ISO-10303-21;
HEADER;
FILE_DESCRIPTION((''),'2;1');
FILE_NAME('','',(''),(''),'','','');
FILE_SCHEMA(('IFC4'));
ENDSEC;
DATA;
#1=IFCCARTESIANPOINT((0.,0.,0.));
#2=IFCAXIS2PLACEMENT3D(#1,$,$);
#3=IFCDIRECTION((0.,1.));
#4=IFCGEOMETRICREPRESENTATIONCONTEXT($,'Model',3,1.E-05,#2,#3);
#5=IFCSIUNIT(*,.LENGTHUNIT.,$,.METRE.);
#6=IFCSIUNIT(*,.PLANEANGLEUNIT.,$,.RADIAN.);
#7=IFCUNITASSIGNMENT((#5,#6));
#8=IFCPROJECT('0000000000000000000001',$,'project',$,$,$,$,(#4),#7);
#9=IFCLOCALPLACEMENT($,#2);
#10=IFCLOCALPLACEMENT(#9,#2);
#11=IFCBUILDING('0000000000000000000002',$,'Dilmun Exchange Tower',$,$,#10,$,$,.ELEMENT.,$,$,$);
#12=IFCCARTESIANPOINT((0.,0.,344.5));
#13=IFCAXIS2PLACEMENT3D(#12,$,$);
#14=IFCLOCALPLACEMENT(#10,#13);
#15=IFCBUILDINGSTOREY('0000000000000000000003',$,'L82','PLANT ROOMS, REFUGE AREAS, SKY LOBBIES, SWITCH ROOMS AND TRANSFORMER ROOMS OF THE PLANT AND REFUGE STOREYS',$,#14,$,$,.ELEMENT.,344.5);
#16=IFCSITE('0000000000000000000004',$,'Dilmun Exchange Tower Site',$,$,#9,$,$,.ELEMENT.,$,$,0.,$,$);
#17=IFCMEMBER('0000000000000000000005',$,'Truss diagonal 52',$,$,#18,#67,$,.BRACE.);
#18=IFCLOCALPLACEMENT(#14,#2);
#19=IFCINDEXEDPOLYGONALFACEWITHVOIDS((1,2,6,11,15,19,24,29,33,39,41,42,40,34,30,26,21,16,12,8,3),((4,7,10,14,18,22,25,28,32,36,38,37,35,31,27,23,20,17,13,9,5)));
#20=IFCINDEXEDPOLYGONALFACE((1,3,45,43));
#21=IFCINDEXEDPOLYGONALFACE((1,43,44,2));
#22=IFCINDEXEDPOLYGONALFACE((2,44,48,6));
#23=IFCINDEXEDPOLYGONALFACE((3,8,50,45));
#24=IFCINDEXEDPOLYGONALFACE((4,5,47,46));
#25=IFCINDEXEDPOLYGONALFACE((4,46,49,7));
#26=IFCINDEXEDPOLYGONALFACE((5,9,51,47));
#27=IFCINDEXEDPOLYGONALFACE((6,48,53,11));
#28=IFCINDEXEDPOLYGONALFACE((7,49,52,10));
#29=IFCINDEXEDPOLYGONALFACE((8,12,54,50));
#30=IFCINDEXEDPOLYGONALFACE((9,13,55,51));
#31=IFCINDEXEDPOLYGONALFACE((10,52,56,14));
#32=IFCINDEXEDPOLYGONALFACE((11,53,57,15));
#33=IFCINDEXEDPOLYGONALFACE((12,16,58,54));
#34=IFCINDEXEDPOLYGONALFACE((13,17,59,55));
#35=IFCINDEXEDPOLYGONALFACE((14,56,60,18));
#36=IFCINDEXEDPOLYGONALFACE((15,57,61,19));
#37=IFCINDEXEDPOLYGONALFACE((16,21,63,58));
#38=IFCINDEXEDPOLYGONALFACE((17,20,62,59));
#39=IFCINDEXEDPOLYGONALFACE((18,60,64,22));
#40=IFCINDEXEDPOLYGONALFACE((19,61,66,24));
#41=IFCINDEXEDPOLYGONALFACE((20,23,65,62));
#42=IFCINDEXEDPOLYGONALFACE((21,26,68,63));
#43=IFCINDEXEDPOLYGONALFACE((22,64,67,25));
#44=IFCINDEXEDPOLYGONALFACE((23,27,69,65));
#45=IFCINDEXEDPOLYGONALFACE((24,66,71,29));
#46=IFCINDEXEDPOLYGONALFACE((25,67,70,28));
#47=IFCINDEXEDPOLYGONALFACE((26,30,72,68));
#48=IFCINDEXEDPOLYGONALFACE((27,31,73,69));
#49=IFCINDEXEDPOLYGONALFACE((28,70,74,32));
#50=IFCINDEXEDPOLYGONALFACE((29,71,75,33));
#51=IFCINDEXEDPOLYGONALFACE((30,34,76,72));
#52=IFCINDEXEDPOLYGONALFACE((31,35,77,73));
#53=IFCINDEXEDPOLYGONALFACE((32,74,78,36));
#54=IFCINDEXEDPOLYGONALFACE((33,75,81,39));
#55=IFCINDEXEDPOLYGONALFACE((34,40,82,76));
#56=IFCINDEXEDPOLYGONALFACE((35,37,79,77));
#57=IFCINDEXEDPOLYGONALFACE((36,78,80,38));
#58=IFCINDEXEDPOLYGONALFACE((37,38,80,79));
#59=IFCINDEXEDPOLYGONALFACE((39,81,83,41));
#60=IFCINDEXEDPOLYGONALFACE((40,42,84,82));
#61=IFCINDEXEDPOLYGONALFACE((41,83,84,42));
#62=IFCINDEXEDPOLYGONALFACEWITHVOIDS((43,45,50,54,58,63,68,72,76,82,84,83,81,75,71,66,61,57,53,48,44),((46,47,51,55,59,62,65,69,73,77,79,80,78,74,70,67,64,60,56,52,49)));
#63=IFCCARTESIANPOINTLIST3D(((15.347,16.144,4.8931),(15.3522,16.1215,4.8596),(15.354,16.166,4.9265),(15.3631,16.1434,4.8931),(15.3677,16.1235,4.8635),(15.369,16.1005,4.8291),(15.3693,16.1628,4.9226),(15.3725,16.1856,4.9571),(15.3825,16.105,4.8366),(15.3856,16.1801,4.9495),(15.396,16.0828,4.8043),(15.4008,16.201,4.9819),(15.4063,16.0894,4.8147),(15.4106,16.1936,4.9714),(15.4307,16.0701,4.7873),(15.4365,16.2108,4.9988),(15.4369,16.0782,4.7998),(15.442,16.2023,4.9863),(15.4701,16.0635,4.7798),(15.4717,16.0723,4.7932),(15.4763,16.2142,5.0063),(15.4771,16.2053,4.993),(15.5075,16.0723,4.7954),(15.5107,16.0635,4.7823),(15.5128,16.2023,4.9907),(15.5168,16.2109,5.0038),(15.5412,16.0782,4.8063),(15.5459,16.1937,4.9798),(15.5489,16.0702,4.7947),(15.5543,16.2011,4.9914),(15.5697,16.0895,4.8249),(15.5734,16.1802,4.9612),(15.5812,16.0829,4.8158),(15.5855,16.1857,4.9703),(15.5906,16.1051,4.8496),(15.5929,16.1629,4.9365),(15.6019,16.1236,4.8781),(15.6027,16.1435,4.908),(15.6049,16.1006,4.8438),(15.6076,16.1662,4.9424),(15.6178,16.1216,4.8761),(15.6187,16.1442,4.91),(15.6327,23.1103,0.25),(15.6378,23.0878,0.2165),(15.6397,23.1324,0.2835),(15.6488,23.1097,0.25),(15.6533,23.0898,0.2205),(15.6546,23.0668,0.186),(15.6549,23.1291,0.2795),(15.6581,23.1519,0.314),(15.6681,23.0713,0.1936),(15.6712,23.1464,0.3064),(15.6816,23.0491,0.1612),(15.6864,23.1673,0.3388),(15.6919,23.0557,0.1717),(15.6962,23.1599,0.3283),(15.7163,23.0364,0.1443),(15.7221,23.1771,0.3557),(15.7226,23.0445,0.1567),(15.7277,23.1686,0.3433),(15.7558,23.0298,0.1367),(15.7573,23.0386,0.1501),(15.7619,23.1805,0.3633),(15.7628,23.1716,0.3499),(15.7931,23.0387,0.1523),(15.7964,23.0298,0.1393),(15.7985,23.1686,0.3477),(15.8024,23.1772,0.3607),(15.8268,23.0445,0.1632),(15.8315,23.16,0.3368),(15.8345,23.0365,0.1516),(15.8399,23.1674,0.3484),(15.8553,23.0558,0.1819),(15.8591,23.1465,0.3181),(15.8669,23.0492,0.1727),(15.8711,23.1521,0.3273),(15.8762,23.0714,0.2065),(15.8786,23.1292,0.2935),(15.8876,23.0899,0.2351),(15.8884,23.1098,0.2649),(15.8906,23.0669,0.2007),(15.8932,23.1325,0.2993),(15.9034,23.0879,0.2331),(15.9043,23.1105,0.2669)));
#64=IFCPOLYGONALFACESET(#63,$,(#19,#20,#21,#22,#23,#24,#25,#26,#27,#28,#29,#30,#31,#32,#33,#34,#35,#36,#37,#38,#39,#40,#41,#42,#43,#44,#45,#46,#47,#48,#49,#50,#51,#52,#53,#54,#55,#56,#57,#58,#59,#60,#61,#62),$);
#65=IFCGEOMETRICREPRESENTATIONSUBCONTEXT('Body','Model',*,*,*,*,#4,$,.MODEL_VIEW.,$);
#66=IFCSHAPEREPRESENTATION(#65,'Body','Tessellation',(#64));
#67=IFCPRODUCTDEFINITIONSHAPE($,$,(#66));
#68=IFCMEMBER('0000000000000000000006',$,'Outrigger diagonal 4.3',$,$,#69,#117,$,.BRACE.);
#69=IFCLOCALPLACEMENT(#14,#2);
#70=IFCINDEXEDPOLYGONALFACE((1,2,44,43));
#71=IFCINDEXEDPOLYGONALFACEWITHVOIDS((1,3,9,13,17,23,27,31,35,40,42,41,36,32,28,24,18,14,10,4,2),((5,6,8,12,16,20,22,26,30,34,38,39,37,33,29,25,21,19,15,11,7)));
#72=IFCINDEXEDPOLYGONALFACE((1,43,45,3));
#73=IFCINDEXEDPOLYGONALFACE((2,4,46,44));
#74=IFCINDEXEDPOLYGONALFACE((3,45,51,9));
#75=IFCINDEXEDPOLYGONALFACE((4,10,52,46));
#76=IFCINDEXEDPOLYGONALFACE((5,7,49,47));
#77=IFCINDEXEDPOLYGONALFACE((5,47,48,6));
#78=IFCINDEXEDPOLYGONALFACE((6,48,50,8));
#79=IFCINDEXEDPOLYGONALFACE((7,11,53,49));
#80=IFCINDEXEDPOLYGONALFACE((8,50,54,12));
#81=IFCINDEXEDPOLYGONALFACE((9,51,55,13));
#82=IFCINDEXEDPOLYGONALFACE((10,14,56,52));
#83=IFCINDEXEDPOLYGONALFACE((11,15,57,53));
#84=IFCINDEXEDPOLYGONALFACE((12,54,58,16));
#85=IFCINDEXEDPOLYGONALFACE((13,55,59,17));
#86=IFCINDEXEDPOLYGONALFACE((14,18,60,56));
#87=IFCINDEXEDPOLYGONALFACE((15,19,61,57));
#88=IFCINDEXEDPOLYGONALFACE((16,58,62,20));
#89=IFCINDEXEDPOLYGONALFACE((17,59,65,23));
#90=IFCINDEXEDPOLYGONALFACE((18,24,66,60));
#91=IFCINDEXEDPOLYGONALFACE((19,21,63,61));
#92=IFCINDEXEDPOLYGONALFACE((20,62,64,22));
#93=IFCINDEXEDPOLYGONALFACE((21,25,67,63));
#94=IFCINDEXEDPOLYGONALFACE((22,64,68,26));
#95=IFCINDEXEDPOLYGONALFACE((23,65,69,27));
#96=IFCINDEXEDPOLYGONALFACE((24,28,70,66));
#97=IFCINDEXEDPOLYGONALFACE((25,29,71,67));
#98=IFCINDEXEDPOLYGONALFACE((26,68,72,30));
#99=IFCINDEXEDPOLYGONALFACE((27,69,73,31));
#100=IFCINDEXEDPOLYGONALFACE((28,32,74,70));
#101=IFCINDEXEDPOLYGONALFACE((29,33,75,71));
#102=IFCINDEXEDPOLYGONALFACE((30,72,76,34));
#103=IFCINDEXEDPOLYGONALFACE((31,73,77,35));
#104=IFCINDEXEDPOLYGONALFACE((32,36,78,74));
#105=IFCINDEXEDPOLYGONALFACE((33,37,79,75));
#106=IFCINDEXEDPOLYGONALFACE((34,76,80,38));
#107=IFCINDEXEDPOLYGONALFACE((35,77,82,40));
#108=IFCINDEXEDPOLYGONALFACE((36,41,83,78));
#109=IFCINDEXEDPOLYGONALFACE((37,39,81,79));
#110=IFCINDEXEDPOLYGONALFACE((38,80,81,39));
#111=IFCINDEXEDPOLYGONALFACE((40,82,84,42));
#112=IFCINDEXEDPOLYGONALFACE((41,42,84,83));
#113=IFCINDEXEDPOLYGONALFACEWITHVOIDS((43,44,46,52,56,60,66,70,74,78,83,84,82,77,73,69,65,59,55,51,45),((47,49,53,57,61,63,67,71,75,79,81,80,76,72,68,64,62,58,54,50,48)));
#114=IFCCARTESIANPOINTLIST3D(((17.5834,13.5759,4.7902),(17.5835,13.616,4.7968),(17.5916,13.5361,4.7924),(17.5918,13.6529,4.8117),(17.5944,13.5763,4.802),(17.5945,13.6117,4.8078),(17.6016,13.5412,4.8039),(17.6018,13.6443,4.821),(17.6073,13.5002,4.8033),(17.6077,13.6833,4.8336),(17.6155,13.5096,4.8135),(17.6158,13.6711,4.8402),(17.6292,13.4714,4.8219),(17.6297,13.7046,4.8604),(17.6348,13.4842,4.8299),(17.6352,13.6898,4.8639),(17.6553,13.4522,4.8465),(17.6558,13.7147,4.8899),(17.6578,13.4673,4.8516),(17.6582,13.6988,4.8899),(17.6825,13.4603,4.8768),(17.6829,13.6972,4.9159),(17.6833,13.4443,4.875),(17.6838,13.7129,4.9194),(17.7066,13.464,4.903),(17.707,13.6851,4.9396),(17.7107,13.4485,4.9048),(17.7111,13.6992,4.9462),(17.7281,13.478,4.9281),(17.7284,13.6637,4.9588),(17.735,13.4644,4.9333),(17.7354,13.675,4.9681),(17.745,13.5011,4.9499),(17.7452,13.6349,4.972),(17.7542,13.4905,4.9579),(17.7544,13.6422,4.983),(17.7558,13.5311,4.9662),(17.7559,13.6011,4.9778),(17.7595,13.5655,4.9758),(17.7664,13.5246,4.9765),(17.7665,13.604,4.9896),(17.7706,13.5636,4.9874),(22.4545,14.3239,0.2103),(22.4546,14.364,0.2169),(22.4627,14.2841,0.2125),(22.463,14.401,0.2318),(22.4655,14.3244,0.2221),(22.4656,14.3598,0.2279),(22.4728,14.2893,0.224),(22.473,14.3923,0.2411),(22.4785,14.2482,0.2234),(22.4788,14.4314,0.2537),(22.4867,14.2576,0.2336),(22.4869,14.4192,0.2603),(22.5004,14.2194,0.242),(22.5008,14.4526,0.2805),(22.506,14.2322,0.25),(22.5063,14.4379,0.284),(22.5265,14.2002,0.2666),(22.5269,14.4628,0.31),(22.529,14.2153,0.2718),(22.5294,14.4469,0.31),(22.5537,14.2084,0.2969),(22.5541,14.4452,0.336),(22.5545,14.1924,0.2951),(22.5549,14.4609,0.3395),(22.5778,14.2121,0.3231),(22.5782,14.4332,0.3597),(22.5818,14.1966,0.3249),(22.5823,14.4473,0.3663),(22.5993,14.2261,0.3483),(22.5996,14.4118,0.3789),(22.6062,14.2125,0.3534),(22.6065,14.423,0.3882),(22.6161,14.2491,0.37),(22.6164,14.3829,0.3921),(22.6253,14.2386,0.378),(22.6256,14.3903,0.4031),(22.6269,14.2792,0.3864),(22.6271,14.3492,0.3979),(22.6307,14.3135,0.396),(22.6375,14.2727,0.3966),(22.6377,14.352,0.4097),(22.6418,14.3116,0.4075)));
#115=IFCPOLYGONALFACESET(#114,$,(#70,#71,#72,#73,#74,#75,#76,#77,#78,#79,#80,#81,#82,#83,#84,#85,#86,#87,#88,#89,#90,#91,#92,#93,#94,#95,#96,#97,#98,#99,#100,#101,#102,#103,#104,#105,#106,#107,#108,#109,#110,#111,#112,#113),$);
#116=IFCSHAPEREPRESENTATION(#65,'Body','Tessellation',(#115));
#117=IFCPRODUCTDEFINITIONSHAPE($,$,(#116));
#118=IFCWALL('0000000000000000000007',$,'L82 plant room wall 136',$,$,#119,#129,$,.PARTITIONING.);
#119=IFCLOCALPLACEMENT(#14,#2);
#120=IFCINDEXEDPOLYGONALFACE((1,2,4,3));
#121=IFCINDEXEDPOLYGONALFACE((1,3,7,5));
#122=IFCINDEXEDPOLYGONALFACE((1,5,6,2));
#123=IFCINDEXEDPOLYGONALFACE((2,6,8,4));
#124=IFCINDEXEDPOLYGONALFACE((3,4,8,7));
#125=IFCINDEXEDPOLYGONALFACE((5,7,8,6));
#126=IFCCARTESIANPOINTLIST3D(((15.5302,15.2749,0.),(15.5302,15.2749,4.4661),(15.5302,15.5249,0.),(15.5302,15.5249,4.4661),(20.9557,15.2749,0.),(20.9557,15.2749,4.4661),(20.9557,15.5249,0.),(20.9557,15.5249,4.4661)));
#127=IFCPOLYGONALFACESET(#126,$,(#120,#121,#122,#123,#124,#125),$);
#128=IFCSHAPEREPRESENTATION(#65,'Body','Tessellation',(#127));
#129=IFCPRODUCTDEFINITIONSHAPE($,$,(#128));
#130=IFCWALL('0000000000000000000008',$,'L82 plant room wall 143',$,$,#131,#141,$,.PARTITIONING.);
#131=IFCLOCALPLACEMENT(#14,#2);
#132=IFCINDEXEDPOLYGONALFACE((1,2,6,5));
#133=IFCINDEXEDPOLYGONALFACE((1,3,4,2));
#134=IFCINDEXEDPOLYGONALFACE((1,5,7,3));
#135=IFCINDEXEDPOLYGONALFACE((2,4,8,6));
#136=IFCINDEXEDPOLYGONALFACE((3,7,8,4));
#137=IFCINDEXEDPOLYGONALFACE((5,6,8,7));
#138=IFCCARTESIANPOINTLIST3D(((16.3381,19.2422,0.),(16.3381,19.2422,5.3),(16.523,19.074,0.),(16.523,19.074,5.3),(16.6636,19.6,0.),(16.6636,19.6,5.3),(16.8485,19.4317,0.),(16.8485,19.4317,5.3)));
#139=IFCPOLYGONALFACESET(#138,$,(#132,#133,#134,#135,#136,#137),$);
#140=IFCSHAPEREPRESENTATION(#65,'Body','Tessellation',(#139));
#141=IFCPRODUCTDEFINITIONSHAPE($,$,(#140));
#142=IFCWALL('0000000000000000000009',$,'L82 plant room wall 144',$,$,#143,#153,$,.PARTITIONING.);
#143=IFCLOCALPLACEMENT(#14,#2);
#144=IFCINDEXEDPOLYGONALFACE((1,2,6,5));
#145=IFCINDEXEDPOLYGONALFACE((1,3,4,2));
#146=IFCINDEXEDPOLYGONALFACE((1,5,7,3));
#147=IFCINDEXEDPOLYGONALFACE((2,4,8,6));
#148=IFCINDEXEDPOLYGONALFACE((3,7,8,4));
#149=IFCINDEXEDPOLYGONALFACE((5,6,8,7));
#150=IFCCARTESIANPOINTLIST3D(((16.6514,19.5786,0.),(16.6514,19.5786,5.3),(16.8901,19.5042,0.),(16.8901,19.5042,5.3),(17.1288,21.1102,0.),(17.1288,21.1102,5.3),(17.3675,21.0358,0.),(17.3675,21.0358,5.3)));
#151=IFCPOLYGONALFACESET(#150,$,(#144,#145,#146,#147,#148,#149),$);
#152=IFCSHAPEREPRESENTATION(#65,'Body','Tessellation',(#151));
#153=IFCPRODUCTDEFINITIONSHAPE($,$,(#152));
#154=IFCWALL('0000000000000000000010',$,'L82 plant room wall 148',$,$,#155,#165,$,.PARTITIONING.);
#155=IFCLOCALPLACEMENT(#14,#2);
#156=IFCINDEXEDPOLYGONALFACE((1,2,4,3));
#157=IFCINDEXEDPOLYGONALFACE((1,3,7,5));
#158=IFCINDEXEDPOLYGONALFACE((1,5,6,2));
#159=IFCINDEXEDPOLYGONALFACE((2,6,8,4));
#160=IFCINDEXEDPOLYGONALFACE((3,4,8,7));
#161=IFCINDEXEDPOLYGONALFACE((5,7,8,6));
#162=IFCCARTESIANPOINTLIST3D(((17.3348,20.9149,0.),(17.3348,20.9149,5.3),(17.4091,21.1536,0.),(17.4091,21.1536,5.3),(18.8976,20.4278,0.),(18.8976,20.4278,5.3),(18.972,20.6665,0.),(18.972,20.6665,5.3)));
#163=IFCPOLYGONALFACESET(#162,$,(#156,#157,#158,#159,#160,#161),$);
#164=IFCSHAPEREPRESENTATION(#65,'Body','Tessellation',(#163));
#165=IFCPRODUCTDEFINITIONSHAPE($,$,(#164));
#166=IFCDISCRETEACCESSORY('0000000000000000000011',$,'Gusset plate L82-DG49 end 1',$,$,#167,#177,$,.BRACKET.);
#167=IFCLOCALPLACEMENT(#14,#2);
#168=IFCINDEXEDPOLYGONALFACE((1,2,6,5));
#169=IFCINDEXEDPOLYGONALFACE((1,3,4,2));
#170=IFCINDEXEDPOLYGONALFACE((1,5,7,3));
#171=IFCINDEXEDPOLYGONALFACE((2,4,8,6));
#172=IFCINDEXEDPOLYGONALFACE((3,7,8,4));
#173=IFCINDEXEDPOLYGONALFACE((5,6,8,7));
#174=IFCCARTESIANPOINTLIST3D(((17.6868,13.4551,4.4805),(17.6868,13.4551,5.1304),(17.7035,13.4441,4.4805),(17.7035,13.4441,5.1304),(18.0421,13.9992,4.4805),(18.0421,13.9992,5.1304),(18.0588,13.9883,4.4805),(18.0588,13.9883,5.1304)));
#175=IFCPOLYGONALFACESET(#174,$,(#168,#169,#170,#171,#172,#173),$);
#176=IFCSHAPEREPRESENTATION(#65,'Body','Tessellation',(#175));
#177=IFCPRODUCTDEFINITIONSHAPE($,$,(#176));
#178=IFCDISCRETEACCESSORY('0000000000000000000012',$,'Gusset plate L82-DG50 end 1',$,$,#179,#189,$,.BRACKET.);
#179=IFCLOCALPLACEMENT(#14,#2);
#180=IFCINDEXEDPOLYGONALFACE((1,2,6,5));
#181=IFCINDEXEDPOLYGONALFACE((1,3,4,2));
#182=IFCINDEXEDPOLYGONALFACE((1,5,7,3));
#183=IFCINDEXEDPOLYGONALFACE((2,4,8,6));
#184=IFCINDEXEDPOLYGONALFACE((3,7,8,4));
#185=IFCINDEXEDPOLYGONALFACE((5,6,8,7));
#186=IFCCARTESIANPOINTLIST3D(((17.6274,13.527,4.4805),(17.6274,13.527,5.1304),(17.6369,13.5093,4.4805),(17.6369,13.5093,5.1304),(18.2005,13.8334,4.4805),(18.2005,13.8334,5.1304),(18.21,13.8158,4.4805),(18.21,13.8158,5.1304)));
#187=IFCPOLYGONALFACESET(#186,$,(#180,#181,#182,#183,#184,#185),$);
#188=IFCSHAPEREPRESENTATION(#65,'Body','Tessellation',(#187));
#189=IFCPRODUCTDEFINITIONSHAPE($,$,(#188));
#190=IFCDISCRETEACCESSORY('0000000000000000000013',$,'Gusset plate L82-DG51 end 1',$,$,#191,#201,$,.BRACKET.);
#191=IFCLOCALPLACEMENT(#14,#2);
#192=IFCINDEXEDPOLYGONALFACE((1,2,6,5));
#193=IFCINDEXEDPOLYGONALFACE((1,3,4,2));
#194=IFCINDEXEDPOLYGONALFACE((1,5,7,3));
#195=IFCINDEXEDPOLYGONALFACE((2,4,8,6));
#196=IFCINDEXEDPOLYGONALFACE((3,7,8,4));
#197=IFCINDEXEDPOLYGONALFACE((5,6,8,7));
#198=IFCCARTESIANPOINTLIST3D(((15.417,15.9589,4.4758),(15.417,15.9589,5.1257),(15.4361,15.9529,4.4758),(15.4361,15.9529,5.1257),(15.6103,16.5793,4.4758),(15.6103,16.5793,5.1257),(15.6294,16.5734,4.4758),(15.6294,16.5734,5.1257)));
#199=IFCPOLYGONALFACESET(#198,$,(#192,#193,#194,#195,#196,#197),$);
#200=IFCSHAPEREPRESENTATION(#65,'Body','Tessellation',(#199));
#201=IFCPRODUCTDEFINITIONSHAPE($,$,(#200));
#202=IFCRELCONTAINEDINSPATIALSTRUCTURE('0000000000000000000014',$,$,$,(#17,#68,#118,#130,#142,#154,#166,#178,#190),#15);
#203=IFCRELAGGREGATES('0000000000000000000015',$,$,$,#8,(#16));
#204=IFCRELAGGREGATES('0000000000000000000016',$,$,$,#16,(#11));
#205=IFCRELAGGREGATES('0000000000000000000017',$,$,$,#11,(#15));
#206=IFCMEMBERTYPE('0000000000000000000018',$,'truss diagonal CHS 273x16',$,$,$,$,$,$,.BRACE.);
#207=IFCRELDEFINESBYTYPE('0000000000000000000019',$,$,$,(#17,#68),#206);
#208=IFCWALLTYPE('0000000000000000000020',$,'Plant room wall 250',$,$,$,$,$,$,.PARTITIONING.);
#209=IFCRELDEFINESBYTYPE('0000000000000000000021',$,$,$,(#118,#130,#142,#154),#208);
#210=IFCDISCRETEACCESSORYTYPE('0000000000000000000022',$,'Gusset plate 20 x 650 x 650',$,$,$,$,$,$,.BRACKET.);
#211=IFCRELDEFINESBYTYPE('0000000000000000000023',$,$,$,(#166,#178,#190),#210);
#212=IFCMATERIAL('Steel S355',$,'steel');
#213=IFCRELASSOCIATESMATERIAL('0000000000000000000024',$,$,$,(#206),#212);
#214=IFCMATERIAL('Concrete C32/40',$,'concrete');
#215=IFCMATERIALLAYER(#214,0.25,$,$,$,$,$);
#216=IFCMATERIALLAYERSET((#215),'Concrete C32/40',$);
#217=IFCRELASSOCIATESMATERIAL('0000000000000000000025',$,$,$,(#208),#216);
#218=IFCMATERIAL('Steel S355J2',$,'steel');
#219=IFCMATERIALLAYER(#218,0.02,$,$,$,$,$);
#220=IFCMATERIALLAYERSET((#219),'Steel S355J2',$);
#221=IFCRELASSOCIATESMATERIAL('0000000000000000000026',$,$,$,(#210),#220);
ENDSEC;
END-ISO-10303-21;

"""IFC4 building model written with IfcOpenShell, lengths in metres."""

from ifc_helpers import new_model, si_unit, direction, frame, frame_2d, origin, origin_2d, place, context, subcontext, project, spatial, rectangle, hollow_circle, extrude, material, layer, layer_set, material_profile, profile_set, type_object, element, save


model = new_model("IFC4")

# Units and contexts
model_context = context("Model", 3, precision=1e-05, world=origin(), true_north=direction((0.0, 1.0)))
body_context = subcontext(model_context, "Body", "Model", "MODEL_VIEW")
ifc_project = project(units=[si_unit("LENGTHUNIT", "METRE"), si_unit("PLANEANGLEUNIT", "RADIAN")], contexts=[model_context])

# Site, building, storey
site_placement = place(None, origin())
site = spatial("IfcSite", under=ifc_project, at=site_placement, Name="Dilmun Exchange Tower Site", CompositionType="ELEMENT", RefElevation=0.0)
building_placement = place(site_placement, origin())
building = spatial("IfcBuilding", under=site, at=building_placement, Name="Dilmun Exchange Tower", CompositionType="ELEMENT")
storey_placement = place(building_placement, frame((0.0, 0.0, 344.5)))
storey = spatial("IfcBuildingStorey", under=building, at=storey_placement, Name="L82", Description="PLANT ROOMS, REFUGE AREAS, SKY LOBBIES, SWITCH ROOMS AND TRANSFORMER ROOMS OF THE PLANT AND REFUGE STOREYS", CompositionType="ELEMENT", Elevation=344.5)

# Shared definitions
ifc_material_1 = material(Name="Steel S355", Category="steel")

# Members
ifc_material_profile_1 = material_profile(ifc_material_1, hollow_circle(Radius=0.1365, WallThickness=0.0161, at=origin_2d()), Name="CHS 273x16")
ifc_profile_set_1 = profile_set([ifc_material_profile_1], Name="Steel S355")
member_type_1 = type_object("IfcMemberType", Name="truss diagonal CHS 273x16", PredefinedType="BRACE", material=ifc_profile_set_1)
member_1_placement = place(storey_placement, frame((15.4834, 16.1384, 4.8931), z_axis=(0.0341, 0.831629, -0.554283), x_axis=(-0.99916, 0.040969, 0.0)))
element("IfcMember", 1, at=member_1_placement, inside=storey, type_object=member_type_1, Name="Truss diagonal 52", PredefinedType="BRACE", context=body_context, shape_type="SweptSolid", body=[
    extrude(hollow_circle(Radius=0.1365, WallThickness=0.0161, at=origin_2d()), origin(), (0.0, 0.0, 1.0), 8.3767),
])
member_2_placement = place(storey_placement, frame((17.6765, 13.5798, 4.8899), z_axis=(0.724035, 0.111189, -0.680742), x_axis=(-0.151789, 0.988413, 0.0)))
element("IfcMember", 2, at=member_2_placement, inside=storey, type_object=member_type_1, Name="Outrigger diagonal 4.3", PredefinedType="BRACE", context=body_context, shape_type="SweptSolid", body=[
    extrude(hollow_circle(Radius=0.1365, WallThickness=0.0161, at=origin_2d()), origin(), (0.0, 0.0, 1.0), 6.7278),
])

# Walls
ifc_material_2 = material(Name="Concrete C32/40", Category="concrete")
ifc_layer_1 = layer(ifc_material_2, 0.25)
ifc_layer_set_1 = layer_set([ifc_layer_1], Name="Concrete C32/40")
wall_type = type_object("IfcWallType", Name="Plant room wall 250", PredefinedType="PARTITIONING", material=ifc_layer_set_1)
wall_1_placement = place(storey_placement, frame((15.53, 15.3999, 0.0), z_axis=(0.0, 0.0, 1.0), x_axis=(1.0, 0.0, 0.0)))
element("IfcWall", 3, at=wall_1_placement, inside=storey, type_object=wall_type, Name="L82 plant room wall 136", PredefinedType="PARTITIONING", context=body_context, shape_type="SweptSolid", body=[
    extrude(rectangle(XDim=5.4255, YDim=0.25, at=frame_2d((2.7129, 0.0))), origin(), (0.0, 0.0, 1.0), 4.4661),
])
wall_2_placement = place(storey_placement, frame((16.4307, 19.1582, 0.0), z_axis=(0.0, 0.0, 1.0), x_axis=(0.672999, 0.739643, 0.0)))
element("IfcWall", 4, at=wall_2_placement, inside=storey, type_object=wall_type, Name="L82 plant room wall 143", PredefinedType="PARTITIONING", context=body_context, shape_type="SweptSolid", body=[
    extrude(rectangle(XDim=0.4836, YDim=0.25, at=frame_2d((0.2417, 0.0))), origin(), (0.0, 0.0, 1.0), 5.3),
])
wall_3_placement = place(storey_placement, frame((16.7708, 19.5413, 0.0), z_axis=(0.0, 0.0, 1.0), x_axis=(0.297538, 0.95471, 0.0)))
element("IfcWall", 5, at=wall_3_placement, inside=storey, type_object=wall_type, Name="L82 plant room wall 144", PredefinedType="PARTITIONING", context=body_context, shape_type="SweptSolid", body=[
    extrude(rectangle(XDim=1.6042, YDim=0.25, at=frame_2d((0.8022, 0.0))), origin(), (0.0, 0.0, 1.0), 5.3),
])
wall_4_placement = place(storey_placement, frame((17.3721, 21.0342, 0.0), z_axis=(0.0, 0.0, 1.0), x_axis=(0.954705, -0.297553, 0.0)))
element("IfcWall", 6, at=wall_4_placement, inside=storey, type_object=wall_type, Name="L82 plant room wall 148", PredefinedType="PARTITIONING", context=body_context, shape_type="SweptSolid", body=[
    extrude(rectangle(XDim=1.637, YDim=0.25, at=frame_2d((0.8184, 0.0))), origin(), (0.0, 0.0, 1.0), 5.3),
])

# Discrete accessories
ifc_material_3 = material(Name="Steel S355J2", Category="steel")
ifc_layer_2 = layer(ifc_material_3, 0.02)
ifc_layer_set_2 = layer_set([ifc_layer_2], Name="Steel S355J2")
discrete_accessory_type = type_object("IfcDiscreteAccessoryType", Name="Gusset plate 20 x 650 x 650", PredefinedType="BRACKET", material=ifc_layer_set_2)
for number, where, z_axis, x_axis, name in (
    (7, (17.8728, 13.7217, 4.4805), (0.0, 0.0, 1.0), (0.546704, 0.837326, 0.0), "Gusset plate L82-DG49 end 1"),
    (8, (17.9187, 13.6714, 4.4805), (0.0, 0.0, 1.0), (0.881851, 0.471528, 0.0), "Gusset plate L82-DG50 end 1"),
    (9, (15.5232, 16.2661, 4.4758), (0.0, 0.0, 1.0), (0.297532, 0.954712, 0.0), "Gusset plate L82-DG51 end 1"),
):
    element("IfcDiscreteAccessory", number, at=place(storey_placement, frame(where, z_axis=z_axis, x_axis=x_axis)), inside=storey, type_object=discrete_accessory_type, Name=name, PredefinedType="BRACKET", context=body_context, shape_type="SweptSolid", body=[
        extrude(rectangle(XDim=0.6499, YDim=0.02, at=origin_2d()), origin(), (0.0, 0.0, 1.0), 0.6499),
    ])

save(model, "model.ifc")
